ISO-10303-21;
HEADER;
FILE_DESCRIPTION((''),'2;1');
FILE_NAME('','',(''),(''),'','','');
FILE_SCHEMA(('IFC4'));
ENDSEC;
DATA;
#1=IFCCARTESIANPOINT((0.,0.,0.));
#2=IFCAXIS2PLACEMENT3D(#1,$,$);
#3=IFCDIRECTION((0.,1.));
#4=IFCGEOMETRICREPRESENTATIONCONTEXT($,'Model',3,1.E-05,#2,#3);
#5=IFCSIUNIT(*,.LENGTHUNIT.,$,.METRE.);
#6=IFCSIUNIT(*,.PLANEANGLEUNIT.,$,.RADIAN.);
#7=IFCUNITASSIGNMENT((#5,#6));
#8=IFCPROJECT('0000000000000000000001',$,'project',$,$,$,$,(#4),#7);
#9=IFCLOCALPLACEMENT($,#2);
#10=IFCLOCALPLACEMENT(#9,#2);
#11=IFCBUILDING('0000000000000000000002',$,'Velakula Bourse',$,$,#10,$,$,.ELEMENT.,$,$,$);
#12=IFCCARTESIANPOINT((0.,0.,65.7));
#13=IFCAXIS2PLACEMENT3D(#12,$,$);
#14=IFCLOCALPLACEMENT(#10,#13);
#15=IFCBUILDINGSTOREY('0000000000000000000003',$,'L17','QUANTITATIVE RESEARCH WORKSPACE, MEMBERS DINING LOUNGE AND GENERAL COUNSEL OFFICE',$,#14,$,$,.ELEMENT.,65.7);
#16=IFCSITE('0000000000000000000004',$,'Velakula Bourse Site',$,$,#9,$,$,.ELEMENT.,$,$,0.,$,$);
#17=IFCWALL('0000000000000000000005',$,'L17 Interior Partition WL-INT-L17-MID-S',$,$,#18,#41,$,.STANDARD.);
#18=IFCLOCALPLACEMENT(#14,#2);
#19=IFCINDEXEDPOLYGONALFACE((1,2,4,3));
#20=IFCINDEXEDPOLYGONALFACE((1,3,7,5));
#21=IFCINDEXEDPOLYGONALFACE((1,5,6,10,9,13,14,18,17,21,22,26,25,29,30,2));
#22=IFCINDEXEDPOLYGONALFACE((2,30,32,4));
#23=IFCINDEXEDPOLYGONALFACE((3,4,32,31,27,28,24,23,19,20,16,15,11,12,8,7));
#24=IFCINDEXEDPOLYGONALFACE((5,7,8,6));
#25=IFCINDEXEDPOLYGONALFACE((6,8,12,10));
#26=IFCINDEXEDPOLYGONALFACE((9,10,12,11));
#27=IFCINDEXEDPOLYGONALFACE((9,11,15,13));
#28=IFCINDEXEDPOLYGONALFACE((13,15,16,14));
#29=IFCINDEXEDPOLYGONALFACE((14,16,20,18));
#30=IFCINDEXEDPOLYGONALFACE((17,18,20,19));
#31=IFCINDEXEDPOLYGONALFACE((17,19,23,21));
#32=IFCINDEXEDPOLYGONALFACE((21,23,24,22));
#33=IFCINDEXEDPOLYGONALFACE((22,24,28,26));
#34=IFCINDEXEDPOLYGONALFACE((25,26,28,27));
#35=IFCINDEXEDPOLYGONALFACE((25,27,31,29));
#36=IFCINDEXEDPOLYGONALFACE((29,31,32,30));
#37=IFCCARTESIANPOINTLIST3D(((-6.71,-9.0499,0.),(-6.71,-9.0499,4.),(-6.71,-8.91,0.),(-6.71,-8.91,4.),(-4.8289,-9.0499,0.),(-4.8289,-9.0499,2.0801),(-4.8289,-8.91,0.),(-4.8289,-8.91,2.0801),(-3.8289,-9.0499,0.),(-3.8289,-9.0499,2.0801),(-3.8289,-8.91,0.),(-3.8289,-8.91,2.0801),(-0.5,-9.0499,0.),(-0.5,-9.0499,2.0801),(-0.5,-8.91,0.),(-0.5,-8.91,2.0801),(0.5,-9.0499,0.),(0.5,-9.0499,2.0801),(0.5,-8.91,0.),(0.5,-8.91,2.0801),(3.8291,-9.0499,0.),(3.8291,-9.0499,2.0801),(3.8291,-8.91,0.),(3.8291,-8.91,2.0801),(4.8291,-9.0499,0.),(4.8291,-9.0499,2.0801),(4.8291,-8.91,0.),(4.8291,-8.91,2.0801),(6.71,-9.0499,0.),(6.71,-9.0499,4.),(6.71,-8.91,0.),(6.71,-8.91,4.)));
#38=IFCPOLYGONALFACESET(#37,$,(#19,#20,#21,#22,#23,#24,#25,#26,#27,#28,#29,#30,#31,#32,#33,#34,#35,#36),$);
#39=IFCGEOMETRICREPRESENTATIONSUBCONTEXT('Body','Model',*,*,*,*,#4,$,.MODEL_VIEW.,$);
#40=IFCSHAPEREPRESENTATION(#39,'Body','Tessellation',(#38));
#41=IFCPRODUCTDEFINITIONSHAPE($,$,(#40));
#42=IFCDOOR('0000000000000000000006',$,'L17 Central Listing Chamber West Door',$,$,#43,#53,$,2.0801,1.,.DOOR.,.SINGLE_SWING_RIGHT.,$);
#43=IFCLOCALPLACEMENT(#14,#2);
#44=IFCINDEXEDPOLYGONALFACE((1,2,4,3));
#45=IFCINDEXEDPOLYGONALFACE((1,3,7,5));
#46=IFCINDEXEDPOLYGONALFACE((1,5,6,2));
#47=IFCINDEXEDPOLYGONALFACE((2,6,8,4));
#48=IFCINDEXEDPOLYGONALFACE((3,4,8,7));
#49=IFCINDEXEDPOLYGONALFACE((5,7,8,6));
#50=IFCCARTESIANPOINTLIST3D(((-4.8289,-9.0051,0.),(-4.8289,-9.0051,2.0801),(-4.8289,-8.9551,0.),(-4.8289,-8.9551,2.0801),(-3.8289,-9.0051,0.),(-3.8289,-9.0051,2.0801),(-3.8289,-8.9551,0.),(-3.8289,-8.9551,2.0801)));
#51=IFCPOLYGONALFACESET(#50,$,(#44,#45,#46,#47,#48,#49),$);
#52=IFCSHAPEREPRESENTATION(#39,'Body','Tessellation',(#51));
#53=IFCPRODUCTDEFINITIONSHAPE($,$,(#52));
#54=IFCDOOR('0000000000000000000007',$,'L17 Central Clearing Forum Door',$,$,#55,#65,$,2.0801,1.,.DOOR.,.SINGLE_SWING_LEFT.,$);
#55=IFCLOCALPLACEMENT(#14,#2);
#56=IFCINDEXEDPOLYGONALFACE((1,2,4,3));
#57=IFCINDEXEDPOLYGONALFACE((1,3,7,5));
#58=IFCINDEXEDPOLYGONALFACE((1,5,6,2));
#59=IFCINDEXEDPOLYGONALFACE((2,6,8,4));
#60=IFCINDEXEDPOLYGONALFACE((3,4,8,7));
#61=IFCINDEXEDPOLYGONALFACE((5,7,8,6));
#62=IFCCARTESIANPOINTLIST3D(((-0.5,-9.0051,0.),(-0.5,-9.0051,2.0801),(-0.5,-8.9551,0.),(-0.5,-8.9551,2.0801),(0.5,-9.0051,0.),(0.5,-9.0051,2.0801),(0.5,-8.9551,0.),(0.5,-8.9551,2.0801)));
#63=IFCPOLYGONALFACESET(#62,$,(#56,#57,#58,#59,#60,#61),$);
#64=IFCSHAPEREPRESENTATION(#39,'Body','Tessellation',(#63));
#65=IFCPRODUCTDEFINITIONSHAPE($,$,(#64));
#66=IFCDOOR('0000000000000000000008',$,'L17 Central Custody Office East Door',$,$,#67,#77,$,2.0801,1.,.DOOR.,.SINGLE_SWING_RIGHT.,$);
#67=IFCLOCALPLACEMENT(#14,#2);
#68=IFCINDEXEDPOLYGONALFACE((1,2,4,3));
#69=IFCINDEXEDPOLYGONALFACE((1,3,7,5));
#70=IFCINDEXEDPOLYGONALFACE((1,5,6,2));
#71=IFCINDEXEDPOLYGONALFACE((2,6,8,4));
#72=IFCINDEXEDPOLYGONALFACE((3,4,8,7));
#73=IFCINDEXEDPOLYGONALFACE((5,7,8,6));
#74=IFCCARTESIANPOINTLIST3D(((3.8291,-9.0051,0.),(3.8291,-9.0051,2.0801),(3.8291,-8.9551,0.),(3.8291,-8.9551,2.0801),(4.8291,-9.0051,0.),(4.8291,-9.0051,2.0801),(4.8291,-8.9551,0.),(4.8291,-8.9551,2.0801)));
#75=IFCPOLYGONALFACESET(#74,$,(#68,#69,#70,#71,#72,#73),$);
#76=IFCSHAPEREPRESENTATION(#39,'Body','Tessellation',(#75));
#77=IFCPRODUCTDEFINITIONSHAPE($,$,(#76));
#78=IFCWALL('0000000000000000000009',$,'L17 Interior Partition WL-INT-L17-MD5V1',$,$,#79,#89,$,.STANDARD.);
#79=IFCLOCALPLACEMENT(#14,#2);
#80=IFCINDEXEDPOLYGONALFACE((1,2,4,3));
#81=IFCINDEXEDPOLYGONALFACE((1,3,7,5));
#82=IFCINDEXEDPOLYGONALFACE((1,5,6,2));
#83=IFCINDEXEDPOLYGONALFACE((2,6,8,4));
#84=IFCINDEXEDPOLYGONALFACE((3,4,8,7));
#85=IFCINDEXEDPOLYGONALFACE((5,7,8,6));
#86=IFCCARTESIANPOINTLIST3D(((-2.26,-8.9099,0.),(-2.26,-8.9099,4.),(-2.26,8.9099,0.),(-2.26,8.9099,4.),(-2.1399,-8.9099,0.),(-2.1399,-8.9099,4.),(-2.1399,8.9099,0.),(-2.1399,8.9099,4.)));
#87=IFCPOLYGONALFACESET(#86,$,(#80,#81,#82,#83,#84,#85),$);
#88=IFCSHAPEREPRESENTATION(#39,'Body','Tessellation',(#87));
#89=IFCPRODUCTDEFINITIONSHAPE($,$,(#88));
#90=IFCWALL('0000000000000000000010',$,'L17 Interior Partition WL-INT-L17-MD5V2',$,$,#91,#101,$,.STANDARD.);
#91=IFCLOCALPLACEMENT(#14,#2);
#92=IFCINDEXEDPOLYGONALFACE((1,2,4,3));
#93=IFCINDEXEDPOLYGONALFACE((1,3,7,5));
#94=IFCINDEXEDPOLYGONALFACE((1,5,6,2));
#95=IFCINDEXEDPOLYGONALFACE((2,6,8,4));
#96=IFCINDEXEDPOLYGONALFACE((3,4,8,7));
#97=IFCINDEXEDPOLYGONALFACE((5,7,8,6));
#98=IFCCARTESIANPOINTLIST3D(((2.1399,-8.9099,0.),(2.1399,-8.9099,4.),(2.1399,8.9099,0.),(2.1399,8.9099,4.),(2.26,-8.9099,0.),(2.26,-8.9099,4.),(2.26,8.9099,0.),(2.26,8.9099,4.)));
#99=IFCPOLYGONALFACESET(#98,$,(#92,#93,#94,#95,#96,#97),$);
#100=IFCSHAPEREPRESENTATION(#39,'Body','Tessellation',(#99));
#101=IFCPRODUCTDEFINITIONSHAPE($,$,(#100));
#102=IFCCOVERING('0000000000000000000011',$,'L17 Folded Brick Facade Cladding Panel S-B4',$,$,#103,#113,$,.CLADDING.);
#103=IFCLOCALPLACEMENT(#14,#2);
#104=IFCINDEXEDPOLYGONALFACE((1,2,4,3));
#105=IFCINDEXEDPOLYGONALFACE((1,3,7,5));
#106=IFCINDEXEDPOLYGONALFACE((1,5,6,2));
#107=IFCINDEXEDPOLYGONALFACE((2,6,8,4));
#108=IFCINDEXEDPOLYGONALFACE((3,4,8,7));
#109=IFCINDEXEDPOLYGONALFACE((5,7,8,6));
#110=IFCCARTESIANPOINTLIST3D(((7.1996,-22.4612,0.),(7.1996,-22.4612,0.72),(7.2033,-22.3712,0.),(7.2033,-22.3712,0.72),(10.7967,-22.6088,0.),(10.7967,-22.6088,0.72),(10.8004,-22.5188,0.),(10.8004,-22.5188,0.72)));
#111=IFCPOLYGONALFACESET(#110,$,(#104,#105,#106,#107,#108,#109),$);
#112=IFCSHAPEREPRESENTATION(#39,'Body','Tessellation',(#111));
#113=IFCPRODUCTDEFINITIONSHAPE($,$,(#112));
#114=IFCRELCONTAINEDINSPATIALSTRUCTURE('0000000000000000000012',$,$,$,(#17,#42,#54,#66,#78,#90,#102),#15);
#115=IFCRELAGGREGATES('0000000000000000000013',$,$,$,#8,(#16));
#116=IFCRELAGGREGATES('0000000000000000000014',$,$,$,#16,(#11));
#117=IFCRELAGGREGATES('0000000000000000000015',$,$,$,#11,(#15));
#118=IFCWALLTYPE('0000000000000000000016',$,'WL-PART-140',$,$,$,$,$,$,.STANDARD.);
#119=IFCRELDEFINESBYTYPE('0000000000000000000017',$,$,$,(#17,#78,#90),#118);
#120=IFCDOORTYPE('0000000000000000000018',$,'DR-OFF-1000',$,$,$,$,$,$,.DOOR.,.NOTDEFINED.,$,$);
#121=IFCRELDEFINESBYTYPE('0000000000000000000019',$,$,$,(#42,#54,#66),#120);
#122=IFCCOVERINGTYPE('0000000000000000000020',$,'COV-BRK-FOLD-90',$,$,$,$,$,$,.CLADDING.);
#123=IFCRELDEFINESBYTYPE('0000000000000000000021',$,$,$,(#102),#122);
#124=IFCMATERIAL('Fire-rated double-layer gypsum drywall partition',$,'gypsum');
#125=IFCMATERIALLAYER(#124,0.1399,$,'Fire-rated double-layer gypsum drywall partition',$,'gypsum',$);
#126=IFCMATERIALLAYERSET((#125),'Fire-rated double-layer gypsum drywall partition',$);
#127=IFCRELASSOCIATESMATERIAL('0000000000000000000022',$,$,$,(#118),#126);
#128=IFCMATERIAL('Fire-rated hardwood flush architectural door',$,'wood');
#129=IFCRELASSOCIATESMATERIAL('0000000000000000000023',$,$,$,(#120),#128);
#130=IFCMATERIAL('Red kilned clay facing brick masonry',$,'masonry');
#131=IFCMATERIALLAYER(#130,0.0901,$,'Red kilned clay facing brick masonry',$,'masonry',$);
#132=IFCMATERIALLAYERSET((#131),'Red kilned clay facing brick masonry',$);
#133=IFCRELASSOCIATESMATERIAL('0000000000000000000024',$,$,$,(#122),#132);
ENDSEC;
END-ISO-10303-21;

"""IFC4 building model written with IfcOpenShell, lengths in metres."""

from ifc_helpers import new_model, si_unit, direction, frame, frame_2d, origin, origin_2d, place, context, subcontext, project, spatial, rectangle, extrude, material, layer, layer_set, type_object, element, fill, save


model = new_model("IFC4")

# Units and contexts
model_context = context("Model", 3, precision=1e-05, world=origin(), true_north=direction((0.0, 1.0)))
body_context = subcontext(model_context, "Body", "Model", "MODEL_VIEW")
ifc_project = project(units=[si_unit("LENGTHUNIT", "METRE"), si_unit("PLANEANGLEUNIT", "RADIAN")], contexts=[model_context])

# Site, building, storey
site_placement = place(None, origin())
site = spatial("IfcSite", under=ifc_project, at=site_placement, Name="Velakula Bourse Site", CompositionType="ELEMENT", RefElevation=0.0)
building_placement = place(site_placement, origin())
building = spatial("IfcBuilding", under=site, at=building_placement, Name="Velakula Bourse", CompositionType="ELEMENT")
storey_placement = place(building_placement, frame((0.0, 0.0, 65.7)))
storey = spatial("IfcBuildingStorey", under=building, at=storey_placement, Name="L17", Description="QUANTITATIVE RESEARCH WORKSPACE, MEMBERS DINING LOUNGE AND GENERAL COUNSEL OFFICE", CompositionType="ELEMENT", Elevation=65.7)

# Shared definitions
ifc_material_1 = material(Name="Red kilned clay facing brick masonry", Category="masonry")

# Shared definitions
ifc_material_2 = material(Name="Fire-rated double-layer gypsum drywall partition", Category="gypsum")
ifc_layer_1 = layer(ifc_material_2, 0.1399, Name="Fire-rated double-layer gypsum drywall partition", Category="gypsum")
ifc_layer_set_1 = layer_set([ifc_layer_1], Name="Fire-rated double-layer gypsum drywall partition")
wall_type_1 = type_object("IfcWallType", Name="WL-PART-140", PredefinedType="STANDARD", material=ifc_layer_set_1)

# Wall, openings, doors
wall_1_placement = place(storey_placement, frame((-6.71, -8.98, 0.0), z_axis=(0.0, 0.0, 1.0), x_axis=(1.0, 0.0, 0.0)))
wall_1 = element("IfcWall", 1, at=wall_1_placement, inside=storey, type_object=wall_type_1, Name="L17 Interior Partition WL-INT-L17-MID-S", PredefinedType="STANDARD", context=body_context, shape_type="SweptSolid", body=[
    extrude(rectangle(XDim=13.4199, YDim=0.1399, at=frame_2d((6.71, 0.0))), origin(), (0.0, 0.0, 1.0), 4.0),
])
opening_1_placement = place(wall_1_placement, frame((1.8811, 0.0, 0.0)))
opening_1 = element("IfcOpeningElement", 2, at=opening_1_placement, cuts=wall_1, PredefinedType="OPENING", context=body_context, shape_type="SweptSolid", body=[
    extrude(rectangle(XDim=1.0, YDim=2.0801, at=frame_2d((0.5, 1.04))), frame((0.0, 0.0798, 0.0), z_axis=(0.0, -1.0, 0.0), x_axis=(1.0, 0.0, 0.0)), (0.0, 0.0, 1.0), 0.1599),
])
opening_2_placement = place(wall_1_placement, frame((6.21, 0.0, 0.0)))
opening_2 = element("IfcOpeningElement", 3, at=opening_2_placement, cuts=wall_1, PredefinedType="OPENING", context=body_context, shape_type="SweptSolid", body=[
    extrude(rectangle(XDim=1.0, YDim=2.0801, at=frame_2d((0.5, 1.04))), frame((0.0, 0.0798, 0.0), z_axis=(0.0, -1.0, 0.0), x_axis=(1.0, 0.0, 0.0)), (0.0, 0.0, 1.0), 0.1599),
])
opening_3_placement = place(wall_1_placement, frame((10.5391, 0.0, 0.0)))
opening_3 = element("IfcOpeningElement", 4, at=opening_3_placement, cuts=wall_1, PredefinedType="OPENING", context=body_context, shape_type="SweptSolid", body=[
    extrude(rectangle(XDim=1.0, YDim=2.0801, at=frame_2d((0.5, 1.04))), frame((0.0, 0.0798, 0.0), z_axis=(0.0, -1.0, 0.0), x_axis=(1.0, 0.0, 0.0)), (0.0, 0.0, 1.0), 0.1599),
])
ifc_material_3 = material(Name="Fire-rated hardwood flush architectural door", Category="wood")
door_type = type_object("IfcDoorType", Name="DR-OFF-1000", OperationType="NOTDEFINED", PredefinedType="DOOR", material=ifc_material_3)
door_1_placement = place(opening_1_placement, origin())
door_1 = element("IfcDoor", 5, at=door_1_placement, inside=storey, type_object=door_type, Name="L17 Central Listing Chamber West Door", OperationType="SINGLE_SWING_RIGHT", OverallHeight=2.0801, OverallWidth=1.0, PredefinedType="DOOR", context=body_context, shape_type="SweptSolid", body=[
    extrude(rectangle(XDim=1.0, YDim=2.0801, at=frame_2d((0.5, 1.04))), frame((0.0, 0.0249, 0.0), z_axis=(0.0, -1.0, 0.0), x_axis=(1.0, 0.0, 0.0)), (0.0, 0.0, 1.0), 0.05),
])
fill(opening_1, door_1)
door_2_placement = place(opening_2_placement, origin())
door_2 = element("IfcDoor", 6, at=door_2_placement, inside=storey, type_object=door_type, Name="L17 Central Clearing Forum Door", OperationType="SINGLE_SWING_LEFT", OverallHeight=2.0801, OverallWidth=1.0, PredefinedType="DOOR", context=body_context, shape_type="SweptSolid", body=[
    extrude(rectangle(XDim=1.0, YDim=2.0801, at=frame_2d((0.5, 1.04))), frame((0.0, 0.0249, 0.0), z_axis=(0.0, -1.0, 0.0), x_axis=(1.0, 0.0, 0.0)), (0.0, 0.0, 1.0), 0.05),
])
fill(opening_2, door_2)
door_3_placement = place(opening_3_placement, origin())
door_3 = element("IfcDoor", 7, at=door_3_placement, inside=storey, type_object=door_type, Name="L17 Central Custody Office East Door", OperationType="SINGLE_SWING_RIGHT", OverallHeight=2.0801, OverallWidth=1.0, PredefinedType="DOOR", context=body_context, shape_type="SweptSolid", body=[
    extrude(rectangle(XDim=1.0, YDim=2.0801, at=frame_2d((0.5, 1.04))), frame((0.0, 0.0249, 0.0), z_axis=(0.0, -1.0, 0.0), x_axis=(1.0, 0.0, 0.0)), (0.0, 0.0, 1.0), 0.05),
])
fill(opening_3, door_3)

# Walls
for number, where, z_axis, x_axis, name in (
    (8, (-2.2, -8.9099, 0.0), (0.0, 0.0, 1.0), (0.0, 1.0, 0.0), "L17 Interior Partition WL-INT-L17-MD5V1"),
    (9, (2.2, -8.9099, 0.0), (0.0, 0.0, 1.0), (0.0, 1.0, 0.0), "L17 Interior Partition WL-INT-L17-MD5V2"),
):
    element("IfcWall", number, at=place(storey_placement, frame(where, z_axis=z_axis, x_axis=x_axis)), inside=storey, type_object=wall_type_1, Name=name, PredefinedType="STANDARD", context=body_context, shape_type="SweptSolid", body=[
        extrude(rectangle(XDim=17.8198, YDim=0.1201, at=frame_2d((8.9099, 0.0))), origin(), (0.0, 0.0, 1.0), 4.0),
    ])

# Covering
ifc_layer_2 = layer(ifc_material_1, 0.0901, Name="Red kilned clay facing brick masonry", Category="masonry")
ifc_layer_set_2 = layer_set([ifc_layer_2], Name="Red kilned clay facing brick masonry")
covering_type = type_object("IfcCoveringType", Name="COV-BRK-FOLD-90", PredefinedType="CLADDING", material=ifc_layer_set_2)
covering_placement = place(storey_placement, frame((9.0, -22.49, 0.0), z_axis=(0.0, 0.0, 1.0), x_axis=(0.999159, -0.041004, 0.0)))
element("IfcCovering", 10, at=covering_placement, inside=storey, type_object=covering_type, Name="L17 Folded Brick Facade Cladding Panel S-B4", PredefinedType="CLADDING", context=body_context, shape_type="SweptSolid", body=[
    extrude(rectangle(XDim=3.6001, YDim=0.0901, at=origin_2d()), origin(), (0.0, 0.0, 1.0), 0.72),
])

save(model, "model.ifc")
